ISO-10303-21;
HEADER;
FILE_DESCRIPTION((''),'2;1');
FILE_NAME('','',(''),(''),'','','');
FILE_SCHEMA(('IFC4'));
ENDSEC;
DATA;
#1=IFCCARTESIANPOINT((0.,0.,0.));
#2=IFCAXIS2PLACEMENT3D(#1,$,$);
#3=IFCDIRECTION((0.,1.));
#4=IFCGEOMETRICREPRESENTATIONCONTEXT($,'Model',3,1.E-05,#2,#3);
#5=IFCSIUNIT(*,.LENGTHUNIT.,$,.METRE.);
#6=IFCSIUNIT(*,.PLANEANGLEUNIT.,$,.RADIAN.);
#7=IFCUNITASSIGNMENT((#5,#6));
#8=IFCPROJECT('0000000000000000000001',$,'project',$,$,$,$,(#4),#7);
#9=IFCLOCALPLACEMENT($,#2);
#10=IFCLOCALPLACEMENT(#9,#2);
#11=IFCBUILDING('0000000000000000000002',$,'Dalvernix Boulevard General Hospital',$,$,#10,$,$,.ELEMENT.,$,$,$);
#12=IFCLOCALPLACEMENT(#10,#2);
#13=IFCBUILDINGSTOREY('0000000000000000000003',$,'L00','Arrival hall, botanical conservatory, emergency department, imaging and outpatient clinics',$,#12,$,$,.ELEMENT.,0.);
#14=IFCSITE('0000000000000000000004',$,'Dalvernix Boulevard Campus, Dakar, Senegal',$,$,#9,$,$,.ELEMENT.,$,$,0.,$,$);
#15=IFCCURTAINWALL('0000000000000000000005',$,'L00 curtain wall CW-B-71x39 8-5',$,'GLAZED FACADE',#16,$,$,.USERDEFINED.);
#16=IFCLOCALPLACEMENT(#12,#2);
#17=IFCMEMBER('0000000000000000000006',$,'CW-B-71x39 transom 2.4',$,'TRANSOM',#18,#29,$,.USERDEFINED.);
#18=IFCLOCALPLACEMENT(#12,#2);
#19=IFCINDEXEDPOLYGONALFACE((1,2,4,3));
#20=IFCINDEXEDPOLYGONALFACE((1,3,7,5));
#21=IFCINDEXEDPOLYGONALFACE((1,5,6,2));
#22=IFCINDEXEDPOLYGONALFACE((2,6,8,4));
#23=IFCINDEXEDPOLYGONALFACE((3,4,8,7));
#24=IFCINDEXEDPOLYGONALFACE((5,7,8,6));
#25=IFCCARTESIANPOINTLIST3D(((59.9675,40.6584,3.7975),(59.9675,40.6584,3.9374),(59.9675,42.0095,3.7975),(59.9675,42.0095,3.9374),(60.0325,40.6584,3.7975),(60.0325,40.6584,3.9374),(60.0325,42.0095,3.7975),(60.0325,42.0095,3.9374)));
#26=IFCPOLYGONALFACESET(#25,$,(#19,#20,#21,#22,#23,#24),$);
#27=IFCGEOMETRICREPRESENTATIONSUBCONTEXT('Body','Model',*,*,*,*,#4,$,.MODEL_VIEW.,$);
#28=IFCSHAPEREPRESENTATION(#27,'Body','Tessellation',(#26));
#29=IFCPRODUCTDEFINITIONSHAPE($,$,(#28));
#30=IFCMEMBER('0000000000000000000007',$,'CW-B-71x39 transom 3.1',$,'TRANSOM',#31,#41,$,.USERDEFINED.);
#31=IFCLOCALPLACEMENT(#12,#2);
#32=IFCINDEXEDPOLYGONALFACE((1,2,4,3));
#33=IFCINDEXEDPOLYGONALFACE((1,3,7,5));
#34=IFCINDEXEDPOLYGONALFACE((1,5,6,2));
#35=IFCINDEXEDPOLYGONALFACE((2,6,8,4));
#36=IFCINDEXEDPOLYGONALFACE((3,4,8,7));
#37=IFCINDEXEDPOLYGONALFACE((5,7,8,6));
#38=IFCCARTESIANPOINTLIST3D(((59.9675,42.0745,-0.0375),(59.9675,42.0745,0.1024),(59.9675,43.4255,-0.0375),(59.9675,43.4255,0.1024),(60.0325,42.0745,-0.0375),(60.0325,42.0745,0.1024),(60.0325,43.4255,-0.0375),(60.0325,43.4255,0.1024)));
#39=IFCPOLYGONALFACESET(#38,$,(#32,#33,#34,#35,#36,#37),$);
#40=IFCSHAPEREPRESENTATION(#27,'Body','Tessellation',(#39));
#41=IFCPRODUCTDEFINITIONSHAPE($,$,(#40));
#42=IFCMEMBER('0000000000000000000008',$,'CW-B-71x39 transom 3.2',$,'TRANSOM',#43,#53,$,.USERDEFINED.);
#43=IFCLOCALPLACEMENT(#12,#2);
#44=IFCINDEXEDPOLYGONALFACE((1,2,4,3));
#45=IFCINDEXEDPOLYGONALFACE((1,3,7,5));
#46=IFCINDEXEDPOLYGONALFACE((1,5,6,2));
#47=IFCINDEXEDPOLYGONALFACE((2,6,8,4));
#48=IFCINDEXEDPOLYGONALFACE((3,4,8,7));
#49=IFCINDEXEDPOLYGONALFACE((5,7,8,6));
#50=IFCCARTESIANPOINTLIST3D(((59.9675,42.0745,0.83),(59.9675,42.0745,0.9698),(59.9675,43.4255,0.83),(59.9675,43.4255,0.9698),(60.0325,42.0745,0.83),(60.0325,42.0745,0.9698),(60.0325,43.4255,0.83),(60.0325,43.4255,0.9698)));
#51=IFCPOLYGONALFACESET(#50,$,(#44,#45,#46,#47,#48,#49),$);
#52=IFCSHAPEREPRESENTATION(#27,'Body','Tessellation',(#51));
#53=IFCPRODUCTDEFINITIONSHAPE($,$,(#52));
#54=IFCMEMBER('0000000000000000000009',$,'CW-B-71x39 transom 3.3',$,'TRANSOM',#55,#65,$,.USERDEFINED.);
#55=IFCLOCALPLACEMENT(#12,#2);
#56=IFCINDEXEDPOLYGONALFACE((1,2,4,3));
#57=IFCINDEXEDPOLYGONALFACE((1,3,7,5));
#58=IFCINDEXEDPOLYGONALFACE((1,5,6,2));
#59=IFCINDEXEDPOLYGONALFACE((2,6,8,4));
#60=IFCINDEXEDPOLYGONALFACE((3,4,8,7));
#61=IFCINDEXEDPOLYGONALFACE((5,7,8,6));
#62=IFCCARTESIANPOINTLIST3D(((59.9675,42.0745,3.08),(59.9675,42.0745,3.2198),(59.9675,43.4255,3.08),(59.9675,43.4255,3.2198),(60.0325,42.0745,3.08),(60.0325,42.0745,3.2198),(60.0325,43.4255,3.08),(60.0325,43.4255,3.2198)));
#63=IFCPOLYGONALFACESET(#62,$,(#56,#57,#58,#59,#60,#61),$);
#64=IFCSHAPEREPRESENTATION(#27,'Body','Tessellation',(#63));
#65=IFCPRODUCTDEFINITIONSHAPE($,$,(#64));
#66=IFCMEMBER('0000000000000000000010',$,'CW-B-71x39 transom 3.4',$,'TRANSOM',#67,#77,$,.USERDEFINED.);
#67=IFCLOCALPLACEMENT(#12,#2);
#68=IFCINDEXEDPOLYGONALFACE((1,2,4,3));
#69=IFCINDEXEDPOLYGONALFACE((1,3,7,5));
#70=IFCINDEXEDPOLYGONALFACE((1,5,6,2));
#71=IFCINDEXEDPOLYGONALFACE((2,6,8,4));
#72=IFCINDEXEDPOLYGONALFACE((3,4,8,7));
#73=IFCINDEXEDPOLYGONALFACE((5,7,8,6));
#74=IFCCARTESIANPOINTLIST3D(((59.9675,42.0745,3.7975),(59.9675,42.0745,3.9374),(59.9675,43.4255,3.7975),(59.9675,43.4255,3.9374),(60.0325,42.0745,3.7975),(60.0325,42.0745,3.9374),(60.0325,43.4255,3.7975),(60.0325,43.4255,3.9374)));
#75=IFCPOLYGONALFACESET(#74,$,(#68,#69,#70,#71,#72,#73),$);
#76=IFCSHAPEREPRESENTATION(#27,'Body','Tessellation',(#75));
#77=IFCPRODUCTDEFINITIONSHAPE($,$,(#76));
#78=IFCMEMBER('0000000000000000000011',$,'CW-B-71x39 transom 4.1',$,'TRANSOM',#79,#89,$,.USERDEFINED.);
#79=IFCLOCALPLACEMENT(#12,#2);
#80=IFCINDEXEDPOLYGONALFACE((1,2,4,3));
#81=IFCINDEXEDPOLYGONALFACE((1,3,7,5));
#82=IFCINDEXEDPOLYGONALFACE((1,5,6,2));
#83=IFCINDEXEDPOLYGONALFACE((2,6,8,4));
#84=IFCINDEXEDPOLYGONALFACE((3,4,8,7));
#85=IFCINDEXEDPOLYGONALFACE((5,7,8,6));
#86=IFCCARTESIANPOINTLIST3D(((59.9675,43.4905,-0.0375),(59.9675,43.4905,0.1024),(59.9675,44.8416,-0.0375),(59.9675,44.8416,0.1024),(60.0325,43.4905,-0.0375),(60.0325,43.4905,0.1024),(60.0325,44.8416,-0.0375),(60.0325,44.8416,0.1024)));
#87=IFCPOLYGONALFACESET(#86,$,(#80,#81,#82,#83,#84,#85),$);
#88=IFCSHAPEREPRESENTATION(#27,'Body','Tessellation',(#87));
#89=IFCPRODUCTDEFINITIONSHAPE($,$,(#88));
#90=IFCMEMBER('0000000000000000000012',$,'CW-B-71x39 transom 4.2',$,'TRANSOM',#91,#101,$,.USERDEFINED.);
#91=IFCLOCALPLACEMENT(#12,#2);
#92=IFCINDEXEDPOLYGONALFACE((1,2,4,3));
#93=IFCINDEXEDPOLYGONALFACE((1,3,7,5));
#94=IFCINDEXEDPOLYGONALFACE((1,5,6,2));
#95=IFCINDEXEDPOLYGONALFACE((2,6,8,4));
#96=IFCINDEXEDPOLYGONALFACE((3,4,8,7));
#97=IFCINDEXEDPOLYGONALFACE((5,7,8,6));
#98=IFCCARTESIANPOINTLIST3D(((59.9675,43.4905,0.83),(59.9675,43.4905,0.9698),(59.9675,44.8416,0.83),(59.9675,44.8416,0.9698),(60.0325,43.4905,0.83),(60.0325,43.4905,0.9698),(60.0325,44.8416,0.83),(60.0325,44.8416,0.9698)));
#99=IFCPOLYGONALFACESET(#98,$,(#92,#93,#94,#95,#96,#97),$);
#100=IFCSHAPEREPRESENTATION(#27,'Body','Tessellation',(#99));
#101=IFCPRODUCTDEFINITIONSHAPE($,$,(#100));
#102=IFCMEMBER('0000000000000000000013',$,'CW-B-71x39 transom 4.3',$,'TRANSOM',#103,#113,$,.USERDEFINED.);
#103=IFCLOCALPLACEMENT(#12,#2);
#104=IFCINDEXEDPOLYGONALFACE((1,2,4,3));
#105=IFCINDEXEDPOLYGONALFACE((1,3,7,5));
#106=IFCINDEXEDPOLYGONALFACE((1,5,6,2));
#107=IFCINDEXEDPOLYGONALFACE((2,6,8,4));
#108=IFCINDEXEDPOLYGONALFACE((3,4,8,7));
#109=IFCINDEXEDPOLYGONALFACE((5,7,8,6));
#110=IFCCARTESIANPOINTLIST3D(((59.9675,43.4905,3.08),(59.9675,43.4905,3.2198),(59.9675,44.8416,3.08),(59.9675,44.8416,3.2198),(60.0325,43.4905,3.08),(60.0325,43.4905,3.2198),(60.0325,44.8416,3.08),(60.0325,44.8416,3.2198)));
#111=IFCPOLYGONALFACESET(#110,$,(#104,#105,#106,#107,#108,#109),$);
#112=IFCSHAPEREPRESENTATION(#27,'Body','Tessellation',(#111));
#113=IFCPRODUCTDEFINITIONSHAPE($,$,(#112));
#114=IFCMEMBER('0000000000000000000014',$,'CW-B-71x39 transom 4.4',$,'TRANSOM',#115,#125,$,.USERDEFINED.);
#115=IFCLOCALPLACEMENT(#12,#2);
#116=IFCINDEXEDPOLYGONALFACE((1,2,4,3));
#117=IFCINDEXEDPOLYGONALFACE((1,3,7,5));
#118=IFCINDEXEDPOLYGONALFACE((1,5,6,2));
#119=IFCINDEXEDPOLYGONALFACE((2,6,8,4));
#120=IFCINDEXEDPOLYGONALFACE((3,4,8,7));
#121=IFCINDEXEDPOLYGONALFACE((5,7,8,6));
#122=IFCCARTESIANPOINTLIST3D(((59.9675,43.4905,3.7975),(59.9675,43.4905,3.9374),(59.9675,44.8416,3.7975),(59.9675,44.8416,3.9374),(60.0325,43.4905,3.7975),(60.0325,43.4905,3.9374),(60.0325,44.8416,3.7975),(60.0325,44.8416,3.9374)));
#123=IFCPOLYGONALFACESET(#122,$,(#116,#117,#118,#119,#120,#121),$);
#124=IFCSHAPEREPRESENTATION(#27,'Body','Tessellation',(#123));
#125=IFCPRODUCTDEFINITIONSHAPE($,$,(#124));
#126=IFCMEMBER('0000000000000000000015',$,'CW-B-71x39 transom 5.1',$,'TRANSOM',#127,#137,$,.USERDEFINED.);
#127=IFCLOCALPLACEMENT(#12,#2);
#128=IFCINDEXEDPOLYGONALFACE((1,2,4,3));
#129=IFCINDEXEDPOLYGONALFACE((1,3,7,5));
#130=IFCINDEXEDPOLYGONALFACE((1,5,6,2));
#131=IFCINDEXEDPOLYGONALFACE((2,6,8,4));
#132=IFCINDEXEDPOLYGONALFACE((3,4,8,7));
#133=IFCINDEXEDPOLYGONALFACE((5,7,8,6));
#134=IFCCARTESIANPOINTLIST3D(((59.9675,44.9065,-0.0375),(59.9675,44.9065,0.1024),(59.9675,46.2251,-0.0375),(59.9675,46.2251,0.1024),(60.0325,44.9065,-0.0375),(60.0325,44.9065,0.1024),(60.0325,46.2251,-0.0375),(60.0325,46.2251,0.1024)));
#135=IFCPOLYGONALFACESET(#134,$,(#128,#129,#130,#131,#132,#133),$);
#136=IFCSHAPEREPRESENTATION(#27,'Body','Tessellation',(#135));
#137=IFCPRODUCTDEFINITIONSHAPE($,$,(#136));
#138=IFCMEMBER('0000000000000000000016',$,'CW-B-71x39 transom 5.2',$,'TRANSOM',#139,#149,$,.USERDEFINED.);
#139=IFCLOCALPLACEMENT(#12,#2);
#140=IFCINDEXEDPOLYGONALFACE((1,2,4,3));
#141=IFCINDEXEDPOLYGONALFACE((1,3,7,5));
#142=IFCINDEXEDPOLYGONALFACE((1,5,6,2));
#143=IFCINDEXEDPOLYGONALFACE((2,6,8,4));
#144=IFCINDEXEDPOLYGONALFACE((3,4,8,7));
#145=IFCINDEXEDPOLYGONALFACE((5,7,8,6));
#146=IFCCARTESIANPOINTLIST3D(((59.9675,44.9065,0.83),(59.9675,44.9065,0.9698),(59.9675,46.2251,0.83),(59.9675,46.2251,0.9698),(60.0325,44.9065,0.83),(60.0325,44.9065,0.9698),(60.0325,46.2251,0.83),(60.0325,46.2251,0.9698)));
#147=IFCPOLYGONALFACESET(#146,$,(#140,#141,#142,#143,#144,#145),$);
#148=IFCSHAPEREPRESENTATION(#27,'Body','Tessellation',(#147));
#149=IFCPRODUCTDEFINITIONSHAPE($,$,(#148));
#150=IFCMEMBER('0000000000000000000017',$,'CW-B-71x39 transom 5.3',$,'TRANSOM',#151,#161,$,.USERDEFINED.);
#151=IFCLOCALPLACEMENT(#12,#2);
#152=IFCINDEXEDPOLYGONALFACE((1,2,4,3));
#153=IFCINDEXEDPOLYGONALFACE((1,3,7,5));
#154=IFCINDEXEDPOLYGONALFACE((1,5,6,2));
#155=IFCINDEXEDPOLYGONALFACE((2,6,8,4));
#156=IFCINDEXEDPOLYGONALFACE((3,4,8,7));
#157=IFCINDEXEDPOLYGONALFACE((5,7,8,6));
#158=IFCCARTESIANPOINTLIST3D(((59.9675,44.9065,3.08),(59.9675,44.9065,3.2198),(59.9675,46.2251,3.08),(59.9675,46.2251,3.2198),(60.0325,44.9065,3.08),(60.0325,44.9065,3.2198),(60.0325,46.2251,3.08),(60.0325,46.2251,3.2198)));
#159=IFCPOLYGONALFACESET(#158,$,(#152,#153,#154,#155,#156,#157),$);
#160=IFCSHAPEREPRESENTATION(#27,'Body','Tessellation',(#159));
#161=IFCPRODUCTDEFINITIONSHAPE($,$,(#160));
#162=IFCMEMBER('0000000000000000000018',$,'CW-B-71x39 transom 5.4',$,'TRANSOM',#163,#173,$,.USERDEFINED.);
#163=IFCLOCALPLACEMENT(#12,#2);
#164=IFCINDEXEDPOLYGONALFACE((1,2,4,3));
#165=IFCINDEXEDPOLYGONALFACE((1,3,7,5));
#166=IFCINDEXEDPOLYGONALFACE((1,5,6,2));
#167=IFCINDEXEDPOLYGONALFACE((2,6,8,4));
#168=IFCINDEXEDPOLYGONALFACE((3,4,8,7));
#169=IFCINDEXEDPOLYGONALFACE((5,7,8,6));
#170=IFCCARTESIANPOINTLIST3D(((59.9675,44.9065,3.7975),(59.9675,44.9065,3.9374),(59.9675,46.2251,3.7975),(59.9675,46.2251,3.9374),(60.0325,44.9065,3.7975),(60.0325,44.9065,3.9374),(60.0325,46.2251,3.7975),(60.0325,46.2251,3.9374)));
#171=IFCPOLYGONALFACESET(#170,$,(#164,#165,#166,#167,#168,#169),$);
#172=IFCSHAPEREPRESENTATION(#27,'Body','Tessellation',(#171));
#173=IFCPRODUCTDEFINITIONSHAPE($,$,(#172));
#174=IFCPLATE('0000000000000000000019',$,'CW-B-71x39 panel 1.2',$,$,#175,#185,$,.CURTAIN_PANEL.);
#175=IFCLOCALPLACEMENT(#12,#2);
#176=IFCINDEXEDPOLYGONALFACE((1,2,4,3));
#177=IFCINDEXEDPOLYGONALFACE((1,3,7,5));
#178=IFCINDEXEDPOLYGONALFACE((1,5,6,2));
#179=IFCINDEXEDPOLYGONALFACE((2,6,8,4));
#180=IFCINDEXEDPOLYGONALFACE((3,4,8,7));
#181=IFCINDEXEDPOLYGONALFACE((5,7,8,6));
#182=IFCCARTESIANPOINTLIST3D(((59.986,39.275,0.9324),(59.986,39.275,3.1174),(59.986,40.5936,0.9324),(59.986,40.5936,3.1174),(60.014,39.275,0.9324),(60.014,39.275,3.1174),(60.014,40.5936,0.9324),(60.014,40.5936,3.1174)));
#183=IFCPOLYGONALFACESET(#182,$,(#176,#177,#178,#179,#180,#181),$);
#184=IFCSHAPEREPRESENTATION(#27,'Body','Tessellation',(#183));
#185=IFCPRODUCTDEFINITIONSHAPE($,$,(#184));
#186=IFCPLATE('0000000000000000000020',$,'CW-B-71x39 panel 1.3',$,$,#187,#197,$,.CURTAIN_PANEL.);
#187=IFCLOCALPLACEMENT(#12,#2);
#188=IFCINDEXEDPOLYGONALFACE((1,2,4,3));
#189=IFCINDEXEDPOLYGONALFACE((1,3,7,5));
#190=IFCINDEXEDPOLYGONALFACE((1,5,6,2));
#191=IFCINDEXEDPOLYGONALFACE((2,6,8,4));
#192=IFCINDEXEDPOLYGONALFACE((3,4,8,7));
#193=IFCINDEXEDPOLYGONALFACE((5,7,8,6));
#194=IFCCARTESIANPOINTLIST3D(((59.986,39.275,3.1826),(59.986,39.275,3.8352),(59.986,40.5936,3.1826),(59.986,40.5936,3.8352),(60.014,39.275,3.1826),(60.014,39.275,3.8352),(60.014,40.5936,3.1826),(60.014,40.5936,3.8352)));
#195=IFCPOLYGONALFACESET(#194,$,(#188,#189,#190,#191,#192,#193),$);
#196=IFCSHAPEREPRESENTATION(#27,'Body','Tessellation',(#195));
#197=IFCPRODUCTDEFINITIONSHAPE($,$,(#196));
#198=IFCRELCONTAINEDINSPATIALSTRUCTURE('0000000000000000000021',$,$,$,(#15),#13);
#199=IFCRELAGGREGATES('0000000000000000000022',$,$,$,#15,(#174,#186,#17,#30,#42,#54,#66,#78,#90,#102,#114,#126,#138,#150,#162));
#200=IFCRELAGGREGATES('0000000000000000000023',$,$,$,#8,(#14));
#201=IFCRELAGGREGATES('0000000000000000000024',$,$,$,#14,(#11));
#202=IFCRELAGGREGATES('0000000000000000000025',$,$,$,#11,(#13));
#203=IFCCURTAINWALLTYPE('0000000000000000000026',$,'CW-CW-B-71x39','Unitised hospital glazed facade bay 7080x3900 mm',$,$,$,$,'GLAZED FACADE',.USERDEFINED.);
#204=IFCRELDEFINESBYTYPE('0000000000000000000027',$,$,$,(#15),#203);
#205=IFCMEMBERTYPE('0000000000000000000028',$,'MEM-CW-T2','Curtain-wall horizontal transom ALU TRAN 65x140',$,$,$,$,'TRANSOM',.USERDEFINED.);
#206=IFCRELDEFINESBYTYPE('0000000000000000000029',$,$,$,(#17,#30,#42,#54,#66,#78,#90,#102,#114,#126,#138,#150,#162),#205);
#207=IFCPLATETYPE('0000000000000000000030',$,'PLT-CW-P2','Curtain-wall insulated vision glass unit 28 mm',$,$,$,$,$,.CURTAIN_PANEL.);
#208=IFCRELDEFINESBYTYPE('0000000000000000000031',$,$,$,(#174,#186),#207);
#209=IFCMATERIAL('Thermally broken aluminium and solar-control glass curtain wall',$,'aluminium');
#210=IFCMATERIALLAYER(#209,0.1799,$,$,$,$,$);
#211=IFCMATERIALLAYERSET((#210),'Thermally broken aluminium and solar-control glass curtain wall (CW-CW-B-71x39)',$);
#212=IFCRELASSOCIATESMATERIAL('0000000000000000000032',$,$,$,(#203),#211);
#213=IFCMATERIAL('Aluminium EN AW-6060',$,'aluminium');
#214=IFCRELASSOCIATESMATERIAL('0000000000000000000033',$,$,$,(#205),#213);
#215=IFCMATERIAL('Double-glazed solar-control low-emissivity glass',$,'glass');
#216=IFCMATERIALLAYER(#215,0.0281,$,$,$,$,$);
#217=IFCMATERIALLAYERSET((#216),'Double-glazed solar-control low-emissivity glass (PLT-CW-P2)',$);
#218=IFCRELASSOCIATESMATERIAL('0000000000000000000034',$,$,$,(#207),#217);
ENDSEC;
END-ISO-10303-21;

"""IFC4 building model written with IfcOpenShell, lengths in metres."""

from ifc_helpers import new_model, si_unit, direction, frame, origin, origin_2d, place, context, subcontext, project, spatial, rectangle, extrude, material, layer, layer_set, material_profile, profile_set, type_object, element, aggregate, save


model = new_model("IFC4")

# Units and contexts
model_context = context("Model", 3, precision=1e-05, world=origin(), true_north=direction((0.0, 1.0)))
body_context = subcontext(model_context, "Body", "Model", "MODEL_VIEW")
ifc_project = project(units=[si_unit("LENGTHUNIT", "METRE"), si_unit("PLANEANGLEUNIT", "RADIAN")], contexts=[model_context])

# Site, building, storey
site_placement = place(None, origin())
site = spatial("IfcSite", under=ifc_project, at=site_placement, Name="Dalvernix Boulevard Campus, Dakar, Senegal", CompositionType="ELEMENT", RefElevation=0.0)
building_placement = place(site_placement, origin())
building = spatial("IfcBuilding", under=site, at=building_placement, Name="Dalvernix Boulevard General Hospital", CompositionType="ELEMENT")
storey_placement = place(building_placement, origin())
storey = spatial("IfcBuildingStorey", under=building, at=storey_placement, Name="L00", Description="Arrival hall, botanical conservatory, emergency department, imaging and outpatient clinics", CompositionType="ELEMENT", Elevation=0.0)

# Curtain wall, members, plates
ifc_material_1 = material(Name="Thermally broken aluminium and solar-control glass curtain wall", Category="aluminium")
ifc_layer_1 = layer(ifc_material_1, 0.1799)
ifc_layer_set_1 = layer_set([ifc_layer_1], Name="Thermally broken aluminium and solar-control glass curtain wall (CW-CW-B-71x39)")
curtain_wall_type = type_object("IfcCurtainWallType", Name="CW-CW-B-71x39", Description="Unitised hospital glazed facade bay 7080x3900 mm", ElementType="GLAZED FACADE", PredefinedType="USERDEFINED", material=ifc_layer_set_1)
curtain_wall_placement = place(storey_placement, origin())
curtain_wall = element("IfcCurtainWall", 1, at=curtain_wall_placement, inside=storey, type_object=curtain_wall_type, Name="L00 curtain wall CW-B-71x39 8-5", ObjectType="GLAZED FACADE", PredefinedType="USERDEFINED")
ifc_material_2 = material(Name="Aluminium EN AW-6060", Category="aluminium")
ifc_material_profile_1 = material_profile(ifc_material_2, rectangle(XDim=0.0649, YDim=0.1399, at=origin_2d()), Name="ALU TRAN 65x140")
ifc_profile_set_1 = profile_set([ifc_material_profile_1], Name="Aluminium EN AW-6060")
member_type_1 = type_object("IfcMemberType", Name="MEM-CW-T2", Description="Curtain-wall horizontal transom ALU TRAN 65x140", ElementType="TRANSOM", PredefinedType="USERDEFINED", material=ifc_profile_set_1)
member_1_placement = place(storey_placement, frame((60.0, 40.6584, 3.8674), z_axis=(0.0, 1.0, 0.0), x_axis=(-1.0, 0.0, 0.0)))
member_1 = element("IfcMember", 2, at=member_1_placement, type_object=member_type_1, Name="CW-B-71x39 transom 2.4", ObjectType="TRANSOM", PredefinedType="USERDEFINED", context=body_context, shape_type="SweptSolid", body=[
    extrude(rectangle(XDim=0.0649, YDim=0.1399, at=origin_2d()), origin(), (0.0, 0.0, 1.0), 1.3511),
])
member_2_placement = place(storey_placement, frame((60.0, 42.0745, 0.0325), z_axis=(0.0, 1.0, 0.0), x_axis=(-1.0, 0.0, 0.0)))
member_2 = element("IfcMember", 3, at=member_2_placement, type_object=member_type_1, Name="CW-B-71x39 transom 3.1", ObjectType="TRANSOM", PredefinedType="USERDEFINED", context=body_context, shape_type="SweptSolid", body=[
    extrude(rectangle(XDim=0.0649, YDim=0.1399, at=origin_2d()), origin(), (0.0, 0.0, 1.0), 1.3511),
])
member_3_placement = place(storey_placement, frame((60.0, 42.0745, 0.8999), z_axis=(0.0, 1.0, 0.0), x_axis=(-1.0, 0.0, 0.0)))
member_3 = element("IfcMember", 4, at=member_3_placement, type_object=member_type_1, Name="CW-B-71x39 transom 3.2", ObjectType="TRANSOM", PredefinedType="USERDEFINED", context=body_context, shape_type="SweptSolid", body=[
    extrude(rectangle(XDim=0.0649, YDim=0.1399, at=origin_2d()), origin(), (0.0, 0.0, 1.0), 1.3511),
])
member_4_placement = place(storey_placement, frame((60.0, 42.0745, 3.1499), z_axis=(0.0, 1.0, 0.0), x_axis=(-1.0, 0.0, 0.0)))
member_4 = element("IfcMember", 5, at=member_4_placement, type_object=member_type_1, Name="CW-B-71x39 transom 3.3", ObjectType="TRANSOM", PredefinedType="USERDEFINED", context=body_context, shape_type="SweptSolid", body=[
    extrude(rectangle(XDim=0.0649, YDim=0.1399, at=origin_2d()), origin(), (0.0, 0.0, 1.0), 1.3511),
])
member_5_placement = place(storey_placement, frame((60.0, 42.0745, 3.8674), z_axis=(0.0, 1.0, 0.0), x_axis=(-1.0, 0.0, 0.0)))
member_5 = element("IfcMember", 6, at=member_5_placement, type_object=member_type_1, Name="CW-B-71x39 transom 3.4", ObjectType="TRANSOM", PredefinedType="USERDEFINED", context=body_context, shape_type="SweptSolid", body=[
    extrude(rectangle(XDim=0.0649, YDim=0.1399, at=origin_2d()), origin(), (0.0, 0.0, 1.0), 1.3511),
])
member_6_placement = place(storey_placement, frame((60.0, 43.4905, 0.0325), z_axis=(0.0, 1.0, 0.0), x_axis=(-1.0, 0.0, 0.0)))
member_6 = element("IfcMember", 7, at=member_6_placement, type_object=member_type_1, Name="CW-B-71x39 transom 4.1", ObjectType="TRANSOM", PredefinedType="USERDEFINED", context=body_context, shape_type="SweptSolid", body=[
    extrude(rectangle(XDim=0.0649, YDim=0.1399, at=origin_2d()), origin(), (0.0, 0.0, 1.0), 1.3511),
])
member_7_placement = place(storey_placement, frame((60.0, 43.4905, 0.8999), z_axis=(0.0, 1.0, 0.0), x_axis=(-1.0, 0.0, 0.0)))
member_7 = element("IfcMember", 8, at=member_7_placement, type_object=member_type_1, Name="CW-B-71x39 transom 4.2", ObjectType="TRANSOM", PredefinedType="USERDEFINED", context=body_context, shape_type="SweptSolid", body=[
    extrude(rectangle(XDim=0.0649, YDim=0.1399, at=origin_2d()), origin(), (0.0, 0.0, 1.0), 1.3511),
])
member_8_placement = place(storey_placement, frame((60.0, 43.4905, 3.1499), z_axis=(0.0, 1.0, 0.0), x_axis=(-1.0, 0.0, 0.0)))
member_8 = element("IfcMember", 9, at=member_8_placement, type_object=member_type_1, Name="CW-B-71x39 transom 4.3", ObjectType="TRANSOM", PredefinedType="USERDEFINED", context=body_context, shape_type="SweptSolid", body=[
    extrude(rectangle(XDim=0.0649, YDim=0.1399, at=origin_2d()), origin(), (0.0, 0.0, 1.0), 1.3511),
])
member_9_placement = place(storey_placement, frame((60.0, 43.4905, 3.8674), z_axis=(0.0, 1.0, 0.0), x_axis=(-1.0, 0.0, 0.0)))
member_9 = element("IfcMember", 10, at=member_9_placement, type_object=member_type_1, Name="CW-B-71x39 transom 4.4", ObjectType="TRANSOM", PredefinedType="USERDEFINED", context=body_context, shape_type="SweptSolid", body=[
    extrude(rectangle(XDim=0.0649, YDim=0.1399, at=origin_2d()), origin(), (0.0, 0.0, 1.0), 1.3511),
])
member_10_placement = place(storey_placement, frame((60.0, 44.9065, 0.0325), z_axis=(0.0, 1.0, 0.0), x_axis=(-1.0, 0.0, 0.0)))
member_10 = element("IfcMember", 11, at=member_10_placement, type_object=member_type_1, Name="CW-B-71x39 transom 5.1", ObjectType="TRANSOM", PredefinedType="USERDEFINED", context=body_context, shape_type="SweptSolid", body=[
    extrude(rectangle(XDim=0.0649, YDim=0.1399, at=origin_2d()), origin(), (0.0, 0.0, 1.0), 1.3186),
])
member_11_placement = place(storey_placement, frame((60.0, 44.9065, 0.8999), z_axis=(0.0, 1.0, 0.0), x_axis=(-1.0, 0.0, 0.0)))
member_11 = element("IfcMember", 12, at=member_11_placement, type_object=member_type_1, Name="CW-B-71x39 transom 5.2", ObjectType="TRANSOM", PredefinedType="USERDEFINED", context=body_context, shape_type="SweptSolid", body=[
    extrude(rectangle(XDim=0.0649, YDim=0.1399, at=origin_2d()), origin(), (0.0, 0.0, 1.0), 1.3186),
])
member_12_placement = place(storey_placement, frame((60.0, 44.9065, 3.1499), z_axis=(0.0, 1.0, 0.0), x_axis=(-1.0, 0.0, 0.0)))
member_12 = element("IfcMember", 13, at=member_12_placement, type_object=member_type_1, Name="CW-B-71x39 transom 5.3", ObjectType="TRANSOM", PredefinedType="USERDEFINED", context=body_context, shape_type="SweptSolid", body=[
    extrude(rectangle(XDim=0.0649, YDim=0.1399, at=origin_2d()), origin(), (0.0, 0.0, 1.0), 1.3186),
])
member_13_placement = place(storey_placement, frame((60.0, 44.9065, 3.8674), z_axis=(0.0, 1.0, 0.0), x_axis=(-1.0, 0.0, 0.0)))
member_13 = element("IfcMember", 14, at=member_13_placement, type_object=member_type_1, Name="CW-B-71x39 transom 5.4", ObjectType="TRANSOM", PredefinedType="USERDEFINED", context=body_context, shape_type="SweptSolid", body=[
    extrude(rectangle(XDim=0.0649, YDim=0.1399, at=origin_2d()), origin(), (0.0, 0.0, 1.0), 1.3186),
])
ifc_material_3 = material(Name="Double-glazed solar-control low-emissivity glass", Category="glass")
ifc_layer_2 = layer(ifc_material_3, 0.0281)
ifc_layer_set_2 = layer_set([ifc_layer_2], Name="Double-glazed solar-control low-emissivity glass (PLT-CW-P2)")
plate_type = type_object("IfcPlateType", Name="PLT-CW-P2", Description="Curtain-wall insulated vision glass unit 28 mm", PredefinedType="CURTAIN_PANEL", material=ifc_layer_set_2)
plate_1_placement = place(storey_placement, frame((60.0, 39.9343, 0.9324), z_axis=(0.0, 0.0, 1.0), x_axis=(0.0, 1.0, 0.0)))
plate_1 = element("IfcPlate", 15, at=plate_1_placement, type_object=plate_type, Name="CW-B-71x39 panel 1.2", PredefinedType="CURTAIN_PANEL", context=body_context, shape_type="SweptSolid", body=[
    extrude(rectangle(XDim=1.3186, YDim=0.0281, at=origin_2d()), origin(), (0.0, 0.0, 1.0), 2.1851),
])
plate_2_placement = place(storey_placement, frame((60.0, 39.9343, 3.1826), z_axis=(0.0, 0.0, 1.0), x_axis=(0.0, 1.0, 0.0)))
plate_2 = element("IfcPlate", 16, at=plate_2_placement, type_object=plate_type, Name="CW-B-71x39 panel 1.3", PredefinedType="CURTAIN_PANEL", context=body_context, shape_type="SweptSolid", body=[
    extrude(rectangle(XDim=1.3186, YDim=0.0281, at=origin_2d()), origin(), (0.0, 0.0, 1.0), 0.6526),
])
aggregate(curtain_wall, [plate_1, plate_2, member_1, member_2, member_3, member_4, member_5, member_6, member_7, member_8, member_9, member_10, member_11, member_12, member_13])

save(model, "model.ifc")
